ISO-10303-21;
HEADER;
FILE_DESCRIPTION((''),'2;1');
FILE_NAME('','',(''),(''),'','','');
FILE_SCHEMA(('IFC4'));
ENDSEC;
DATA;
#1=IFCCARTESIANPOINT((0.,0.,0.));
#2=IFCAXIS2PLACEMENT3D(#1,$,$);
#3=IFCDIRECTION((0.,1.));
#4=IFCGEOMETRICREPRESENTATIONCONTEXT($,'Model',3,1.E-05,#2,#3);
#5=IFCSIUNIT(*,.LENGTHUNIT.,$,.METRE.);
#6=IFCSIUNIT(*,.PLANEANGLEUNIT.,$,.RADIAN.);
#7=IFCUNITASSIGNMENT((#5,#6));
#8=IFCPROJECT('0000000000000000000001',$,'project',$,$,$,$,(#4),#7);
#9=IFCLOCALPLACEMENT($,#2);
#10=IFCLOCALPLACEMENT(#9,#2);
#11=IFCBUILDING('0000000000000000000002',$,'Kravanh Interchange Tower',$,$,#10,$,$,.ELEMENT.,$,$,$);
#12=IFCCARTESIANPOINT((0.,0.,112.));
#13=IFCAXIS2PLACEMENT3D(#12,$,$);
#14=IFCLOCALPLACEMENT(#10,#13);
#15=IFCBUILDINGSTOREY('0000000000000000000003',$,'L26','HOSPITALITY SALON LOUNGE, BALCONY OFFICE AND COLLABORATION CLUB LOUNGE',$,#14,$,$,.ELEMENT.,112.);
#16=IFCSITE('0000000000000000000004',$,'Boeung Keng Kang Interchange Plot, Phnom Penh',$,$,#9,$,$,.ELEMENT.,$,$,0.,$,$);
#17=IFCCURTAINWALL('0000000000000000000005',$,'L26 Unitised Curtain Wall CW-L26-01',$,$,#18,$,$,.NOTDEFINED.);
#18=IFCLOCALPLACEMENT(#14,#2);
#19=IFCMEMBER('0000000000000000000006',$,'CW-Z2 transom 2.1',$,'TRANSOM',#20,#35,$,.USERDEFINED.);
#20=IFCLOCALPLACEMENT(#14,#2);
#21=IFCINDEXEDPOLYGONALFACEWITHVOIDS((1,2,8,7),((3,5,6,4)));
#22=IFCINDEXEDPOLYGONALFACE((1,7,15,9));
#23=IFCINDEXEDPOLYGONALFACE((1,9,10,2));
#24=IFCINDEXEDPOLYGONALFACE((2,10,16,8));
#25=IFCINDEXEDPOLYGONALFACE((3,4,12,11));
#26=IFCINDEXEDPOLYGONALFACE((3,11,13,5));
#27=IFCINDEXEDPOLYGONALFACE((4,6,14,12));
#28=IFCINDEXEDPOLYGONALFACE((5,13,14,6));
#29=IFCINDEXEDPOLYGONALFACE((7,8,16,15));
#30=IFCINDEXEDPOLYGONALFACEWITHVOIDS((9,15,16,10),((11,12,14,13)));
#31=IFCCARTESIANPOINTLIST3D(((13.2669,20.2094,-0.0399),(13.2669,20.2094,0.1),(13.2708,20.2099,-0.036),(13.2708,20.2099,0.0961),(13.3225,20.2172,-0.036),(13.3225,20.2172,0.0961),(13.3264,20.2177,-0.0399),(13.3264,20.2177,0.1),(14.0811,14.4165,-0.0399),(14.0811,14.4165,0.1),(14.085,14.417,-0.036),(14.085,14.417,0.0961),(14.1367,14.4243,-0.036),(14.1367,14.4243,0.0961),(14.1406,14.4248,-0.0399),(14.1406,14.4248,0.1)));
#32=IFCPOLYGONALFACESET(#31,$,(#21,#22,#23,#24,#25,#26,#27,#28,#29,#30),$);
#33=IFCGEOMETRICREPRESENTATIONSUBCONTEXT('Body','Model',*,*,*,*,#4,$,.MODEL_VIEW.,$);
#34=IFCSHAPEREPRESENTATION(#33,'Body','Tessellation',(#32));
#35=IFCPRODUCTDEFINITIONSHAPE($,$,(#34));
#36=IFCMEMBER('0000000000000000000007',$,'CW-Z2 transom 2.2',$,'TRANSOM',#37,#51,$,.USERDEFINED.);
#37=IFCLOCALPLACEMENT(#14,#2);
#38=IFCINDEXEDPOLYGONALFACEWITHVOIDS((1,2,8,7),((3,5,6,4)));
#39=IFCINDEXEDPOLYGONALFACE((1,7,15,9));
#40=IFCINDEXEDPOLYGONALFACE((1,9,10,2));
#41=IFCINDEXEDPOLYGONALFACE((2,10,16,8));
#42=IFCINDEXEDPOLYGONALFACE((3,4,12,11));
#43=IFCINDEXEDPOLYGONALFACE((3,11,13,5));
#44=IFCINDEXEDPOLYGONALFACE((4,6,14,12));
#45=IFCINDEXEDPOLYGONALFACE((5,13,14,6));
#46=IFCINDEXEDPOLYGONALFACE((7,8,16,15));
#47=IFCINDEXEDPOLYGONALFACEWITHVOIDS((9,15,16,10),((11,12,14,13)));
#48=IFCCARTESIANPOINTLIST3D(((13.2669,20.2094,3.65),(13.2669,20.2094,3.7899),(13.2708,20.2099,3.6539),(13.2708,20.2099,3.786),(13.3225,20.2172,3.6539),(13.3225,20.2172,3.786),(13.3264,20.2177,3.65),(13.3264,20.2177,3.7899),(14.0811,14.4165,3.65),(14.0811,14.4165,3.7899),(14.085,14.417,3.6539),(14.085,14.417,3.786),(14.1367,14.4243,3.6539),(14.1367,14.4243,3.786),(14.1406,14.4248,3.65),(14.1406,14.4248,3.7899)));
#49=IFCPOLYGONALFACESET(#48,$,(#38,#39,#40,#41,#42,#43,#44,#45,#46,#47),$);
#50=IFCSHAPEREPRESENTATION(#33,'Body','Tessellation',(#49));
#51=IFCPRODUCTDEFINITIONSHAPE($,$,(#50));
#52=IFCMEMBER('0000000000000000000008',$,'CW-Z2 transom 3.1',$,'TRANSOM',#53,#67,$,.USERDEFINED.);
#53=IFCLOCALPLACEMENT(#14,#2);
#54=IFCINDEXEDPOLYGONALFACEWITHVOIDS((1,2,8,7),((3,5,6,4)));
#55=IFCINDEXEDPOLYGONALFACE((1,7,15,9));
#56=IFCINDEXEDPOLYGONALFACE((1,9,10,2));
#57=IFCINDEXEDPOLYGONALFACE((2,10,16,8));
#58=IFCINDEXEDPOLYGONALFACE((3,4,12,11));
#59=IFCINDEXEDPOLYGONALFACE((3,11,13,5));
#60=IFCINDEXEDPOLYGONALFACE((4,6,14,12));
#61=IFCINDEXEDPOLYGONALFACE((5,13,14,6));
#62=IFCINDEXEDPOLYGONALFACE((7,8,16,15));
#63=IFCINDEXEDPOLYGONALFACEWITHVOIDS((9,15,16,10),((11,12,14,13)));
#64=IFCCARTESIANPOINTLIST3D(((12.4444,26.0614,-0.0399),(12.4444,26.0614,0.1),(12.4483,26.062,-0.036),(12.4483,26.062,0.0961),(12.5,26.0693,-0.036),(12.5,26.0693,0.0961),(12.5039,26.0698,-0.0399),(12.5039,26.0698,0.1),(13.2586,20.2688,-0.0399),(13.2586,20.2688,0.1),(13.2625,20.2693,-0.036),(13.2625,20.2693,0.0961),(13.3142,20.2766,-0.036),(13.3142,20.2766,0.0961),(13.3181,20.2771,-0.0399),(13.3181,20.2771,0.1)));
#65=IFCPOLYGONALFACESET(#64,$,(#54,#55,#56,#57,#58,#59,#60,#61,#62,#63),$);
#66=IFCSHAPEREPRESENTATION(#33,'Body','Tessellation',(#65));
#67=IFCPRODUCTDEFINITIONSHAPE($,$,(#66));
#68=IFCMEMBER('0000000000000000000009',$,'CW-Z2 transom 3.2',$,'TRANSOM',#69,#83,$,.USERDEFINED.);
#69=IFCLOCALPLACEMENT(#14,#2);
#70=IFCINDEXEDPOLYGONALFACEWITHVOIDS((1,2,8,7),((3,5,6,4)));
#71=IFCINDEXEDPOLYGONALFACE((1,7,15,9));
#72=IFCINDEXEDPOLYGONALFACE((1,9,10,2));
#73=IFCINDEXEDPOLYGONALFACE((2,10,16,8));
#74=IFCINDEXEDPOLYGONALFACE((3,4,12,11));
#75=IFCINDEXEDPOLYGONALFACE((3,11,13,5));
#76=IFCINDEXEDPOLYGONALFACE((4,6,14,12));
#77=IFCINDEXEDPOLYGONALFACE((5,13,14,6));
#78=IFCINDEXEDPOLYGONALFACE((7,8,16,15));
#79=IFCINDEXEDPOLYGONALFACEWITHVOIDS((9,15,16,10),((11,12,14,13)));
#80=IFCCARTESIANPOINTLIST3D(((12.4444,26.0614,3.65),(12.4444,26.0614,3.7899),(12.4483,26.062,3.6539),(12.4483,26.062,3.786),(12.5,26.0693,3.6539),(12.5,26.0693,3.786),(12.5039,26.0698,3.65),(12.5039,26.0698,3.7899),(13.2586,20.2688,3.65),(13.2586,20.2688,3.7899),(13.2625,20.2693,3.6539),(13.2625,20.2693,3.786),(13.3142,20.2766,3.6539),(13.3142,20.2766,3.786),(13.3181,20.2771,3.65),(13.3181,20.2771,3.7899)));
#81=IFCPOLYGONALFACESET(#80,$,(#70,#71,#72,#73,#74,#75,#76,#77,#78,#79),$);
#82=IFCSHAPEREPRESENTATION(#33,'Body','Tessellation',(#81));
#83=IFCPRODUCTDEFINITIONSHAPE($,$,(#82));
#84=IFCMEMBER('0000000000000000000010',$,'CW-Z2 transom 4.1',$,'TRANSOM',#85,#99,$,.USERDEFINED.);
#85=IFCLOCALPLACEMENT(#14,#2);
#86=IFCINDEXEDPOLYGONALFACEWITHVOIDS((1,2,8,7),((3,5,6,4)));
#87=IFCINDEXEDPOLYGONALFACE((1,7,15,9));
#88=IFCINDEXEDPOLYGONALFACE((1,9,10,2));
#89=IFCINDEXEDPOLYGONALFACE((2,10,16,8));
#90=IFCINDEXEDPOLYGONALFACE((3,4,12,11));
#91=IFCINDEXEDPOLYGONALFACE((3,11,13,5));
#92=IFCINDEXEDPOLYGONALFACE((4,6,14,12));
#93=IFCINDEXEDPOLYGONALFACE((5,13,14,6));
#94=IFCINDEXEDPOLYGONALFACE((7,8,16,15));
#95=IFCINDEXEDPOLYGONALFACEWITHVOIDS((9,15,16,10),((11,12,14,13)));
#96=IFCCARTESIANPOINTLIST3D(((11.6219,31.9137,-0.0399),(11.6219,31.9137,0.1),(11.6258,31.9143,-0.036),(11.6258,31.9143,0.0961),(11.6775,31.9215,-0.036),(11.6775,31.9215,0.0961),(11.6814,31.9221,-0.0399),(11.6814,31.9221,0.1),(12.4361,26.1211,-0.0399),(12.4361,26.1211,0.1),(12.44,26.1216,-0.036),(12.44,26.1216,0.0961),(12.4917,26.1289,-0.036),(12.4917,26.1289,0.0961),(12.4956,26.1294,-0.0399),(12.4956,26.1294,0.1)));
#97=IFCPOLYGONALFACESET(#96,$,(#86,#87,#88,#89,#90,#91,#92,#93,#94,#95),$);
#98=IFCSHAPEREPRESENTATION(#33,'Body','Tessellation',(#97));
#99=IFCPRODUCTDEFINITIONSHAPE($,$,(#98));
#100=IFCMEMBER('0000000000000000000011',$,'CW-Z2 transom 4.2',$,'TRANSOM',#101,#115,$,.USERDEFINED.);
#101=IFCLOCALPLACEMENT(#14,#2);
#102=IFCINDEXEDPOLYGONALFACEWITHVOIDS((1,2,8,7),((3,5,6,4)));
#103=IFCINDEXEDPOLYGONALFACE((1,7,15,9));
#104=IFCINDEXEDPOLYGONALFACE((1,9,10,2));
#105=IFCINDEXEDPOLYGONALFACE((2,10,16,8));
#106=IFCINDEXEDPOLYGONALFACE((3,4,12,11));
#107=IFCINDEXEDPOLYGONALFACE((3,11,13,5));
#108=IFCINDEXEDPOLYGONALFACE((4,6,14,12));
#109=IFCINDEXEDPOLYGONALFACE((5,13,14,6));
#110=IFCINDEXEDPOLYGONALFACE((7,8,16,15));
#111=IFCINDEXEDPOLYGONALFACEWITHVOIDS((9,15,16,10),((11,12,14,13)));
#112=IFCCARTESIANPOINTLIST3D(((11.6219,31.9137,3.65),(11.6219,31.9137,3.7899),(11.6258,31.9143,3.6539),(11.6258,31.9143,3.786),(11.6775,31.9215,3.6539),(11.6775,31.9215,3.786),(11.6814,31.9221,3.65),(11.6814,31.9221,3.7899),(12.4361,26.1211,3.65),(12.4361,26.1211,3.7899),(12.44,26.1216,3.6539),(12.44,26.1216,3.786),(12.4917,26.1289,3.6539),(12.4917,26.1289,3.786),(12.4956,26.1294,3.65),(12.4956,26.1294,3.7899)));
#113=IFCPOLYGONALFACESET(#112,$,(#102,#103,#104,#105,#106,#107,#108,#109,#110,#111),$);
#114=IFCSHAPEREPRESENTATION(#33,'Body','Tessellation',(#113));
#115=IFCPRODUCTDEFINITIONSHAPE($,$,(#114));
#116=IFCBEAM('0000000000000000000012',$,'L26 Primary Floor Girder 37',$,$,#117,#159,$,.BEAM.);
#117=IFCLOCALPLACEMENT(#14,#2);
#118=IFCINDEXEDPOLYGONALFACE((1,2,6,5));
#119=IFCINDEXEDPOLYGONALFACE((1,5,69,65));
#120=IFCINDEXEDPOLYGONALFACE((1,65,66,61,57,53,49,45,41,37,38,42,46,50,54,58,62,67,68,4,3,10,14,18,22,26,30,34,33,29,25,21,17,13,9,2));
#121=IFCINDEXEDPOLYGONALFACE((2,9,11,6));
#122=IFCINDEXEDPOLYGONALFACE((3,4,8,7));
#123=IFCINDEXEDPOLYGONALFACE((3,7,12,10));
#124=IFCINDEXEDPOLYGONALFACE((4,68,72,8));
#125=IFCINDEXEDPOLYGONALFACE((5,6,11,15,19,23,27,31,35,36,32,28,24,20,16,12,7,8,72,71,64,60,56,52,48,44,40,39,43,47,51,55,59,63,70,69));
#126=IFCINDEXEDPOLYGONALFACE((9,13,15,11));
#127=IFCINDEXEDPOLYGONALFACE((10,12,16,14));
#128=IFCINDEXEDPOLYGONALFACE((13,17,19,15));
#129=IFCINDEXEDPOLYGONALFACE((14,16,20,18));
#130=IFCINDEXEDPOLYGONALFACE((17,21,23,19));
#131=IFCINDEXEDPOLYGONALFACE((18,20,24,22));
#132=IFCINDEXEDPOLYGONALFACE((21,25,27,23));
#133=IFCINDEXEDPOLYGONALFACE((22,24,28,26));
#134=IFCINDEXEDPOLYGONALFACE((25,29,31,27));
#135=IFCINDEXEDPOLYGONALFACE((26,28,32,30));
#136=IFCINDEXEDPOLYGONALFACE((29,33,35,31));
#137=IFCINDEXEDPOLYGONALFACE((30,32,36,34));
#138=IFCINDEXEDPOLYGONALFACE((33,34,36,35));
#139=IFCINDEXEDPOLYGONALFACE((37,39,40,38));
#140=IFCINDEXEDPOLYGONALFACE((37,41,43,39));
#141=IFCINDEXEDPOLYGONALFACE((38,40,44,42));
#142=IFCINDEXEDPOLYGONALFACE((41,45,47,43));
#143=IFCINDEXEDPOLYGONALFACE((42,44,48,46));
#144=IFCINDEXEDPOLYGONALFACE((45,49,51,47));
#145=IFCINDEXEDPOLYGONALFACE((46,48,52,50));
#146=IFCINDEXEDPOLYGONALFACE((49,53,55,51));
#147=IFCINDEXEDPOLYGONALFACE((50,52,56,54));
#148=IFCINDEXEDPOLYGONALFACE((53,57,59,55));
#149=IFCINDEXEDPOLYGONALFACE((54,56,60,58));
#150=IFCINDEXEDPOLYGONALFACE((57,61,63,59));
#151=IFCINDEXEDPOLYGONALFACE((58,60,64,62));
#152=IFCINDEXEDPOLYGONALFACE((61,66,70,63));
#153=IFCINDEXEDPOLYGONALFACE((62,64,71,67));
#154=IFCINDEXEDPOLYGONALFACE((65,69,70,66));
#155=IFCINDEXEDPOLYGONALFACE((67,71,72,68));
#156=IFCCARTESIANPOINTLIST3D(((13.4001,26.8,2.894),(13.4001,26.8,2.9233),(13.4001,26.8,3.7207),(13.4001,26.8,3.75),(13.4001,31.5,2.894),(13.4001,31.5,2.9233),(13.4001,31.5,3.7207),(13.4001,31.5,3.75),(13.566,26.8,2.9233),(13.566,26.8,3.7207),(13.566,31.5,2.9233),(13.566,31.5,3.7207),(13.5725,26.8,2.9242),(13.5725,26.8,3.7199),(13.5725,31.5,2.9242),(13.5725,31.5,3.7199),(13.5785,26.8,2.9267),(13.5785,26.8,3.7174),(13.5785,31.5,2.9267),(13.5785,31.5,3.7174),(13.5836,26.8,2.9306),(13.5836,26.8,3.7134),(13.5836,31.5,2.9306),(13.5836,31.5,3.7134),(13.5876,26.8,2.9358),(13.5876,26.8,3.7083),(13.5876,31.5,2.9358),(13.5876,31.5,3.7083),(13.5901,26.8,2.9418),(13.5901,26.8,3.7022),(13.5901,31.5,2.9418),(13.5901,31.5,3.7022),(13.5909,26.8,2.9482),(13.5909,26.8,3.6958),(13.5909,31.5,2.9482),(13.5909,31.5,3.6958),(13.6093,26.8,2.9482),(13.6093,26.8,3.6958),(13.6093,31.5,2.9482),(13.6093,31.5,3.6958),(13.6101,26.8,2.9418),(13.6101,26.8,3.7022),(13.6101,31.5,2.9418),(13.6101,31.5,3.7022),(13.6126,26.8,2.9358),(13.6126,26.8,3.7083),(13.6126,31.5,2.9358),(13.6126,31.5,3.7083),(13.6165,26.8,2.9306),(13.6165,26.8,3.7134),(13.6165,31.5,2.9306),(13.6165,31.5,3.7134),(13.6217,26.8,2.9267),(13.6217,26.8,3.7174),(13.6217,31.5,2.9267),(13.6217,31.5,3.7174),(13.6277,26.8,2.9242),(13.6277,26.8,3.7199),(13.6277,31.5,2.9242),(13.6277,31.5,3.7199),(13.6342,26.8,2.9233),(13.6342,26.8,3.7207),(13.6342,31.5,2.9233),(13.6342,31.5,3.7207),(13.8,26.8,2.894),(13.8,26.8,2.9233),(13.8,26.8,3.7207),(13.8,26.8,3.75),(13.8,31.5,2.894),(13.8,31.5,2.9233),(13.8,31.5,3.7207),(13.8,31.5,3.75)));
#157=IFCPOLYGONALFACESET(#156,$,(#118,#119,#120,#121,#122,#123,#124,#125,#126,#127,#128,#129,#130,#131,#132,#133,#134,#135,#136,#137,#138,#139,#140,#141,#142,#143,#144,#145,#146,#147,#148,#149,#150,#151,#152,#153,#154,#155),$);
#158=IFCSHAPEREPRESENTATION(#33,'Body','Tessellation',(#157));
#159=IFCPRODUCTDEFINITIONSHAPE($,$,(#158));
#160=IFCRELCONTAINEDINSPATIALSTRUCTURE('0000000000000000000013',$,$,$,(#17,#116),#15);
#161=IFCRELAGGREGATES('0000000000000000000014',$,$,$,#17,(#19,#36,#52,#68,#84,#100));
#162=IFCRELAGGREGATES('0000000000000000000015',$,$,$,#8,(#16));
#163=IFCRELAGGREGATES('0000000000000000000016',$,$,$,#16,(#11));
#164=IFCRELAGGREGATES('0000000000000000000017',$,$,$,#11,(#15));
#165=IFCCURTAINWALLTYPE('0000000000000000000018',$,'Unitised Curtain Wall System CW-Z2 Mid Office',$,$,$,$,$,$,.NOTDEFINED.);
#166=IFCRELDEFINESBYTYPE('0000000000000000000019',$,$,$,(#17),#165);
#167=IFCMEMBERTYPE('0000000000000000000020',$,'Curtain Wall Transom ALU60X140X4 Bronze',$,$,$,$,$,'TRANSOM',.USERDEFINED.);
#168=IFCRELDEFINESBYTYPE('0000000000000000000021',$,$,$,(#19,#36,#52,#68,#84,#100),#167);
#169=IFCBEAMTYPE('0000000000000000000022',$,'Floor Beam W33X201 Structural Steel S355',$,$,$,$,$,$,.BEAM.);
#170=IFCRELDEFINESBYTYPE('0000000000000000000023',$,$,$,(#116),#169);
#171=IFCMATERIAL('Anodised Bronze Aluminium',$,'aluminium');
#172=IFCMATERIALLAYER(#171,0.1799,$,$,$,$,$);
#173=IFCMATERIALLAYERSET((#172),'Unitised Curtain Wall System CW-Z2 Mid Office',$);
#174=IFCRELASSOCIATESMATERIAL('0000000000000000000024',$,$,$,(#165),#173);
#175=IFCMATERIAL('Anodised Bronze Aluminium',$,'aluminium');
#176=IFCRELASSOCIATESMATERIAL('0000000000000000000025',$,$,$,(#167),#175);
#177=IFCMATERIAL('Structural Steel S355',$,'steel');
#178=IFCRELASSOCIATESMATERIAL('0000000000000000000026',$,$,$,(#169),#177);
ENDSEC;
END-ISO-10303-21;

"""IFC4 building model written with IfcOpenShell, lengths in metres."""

from ifc_helpers import new_model, si_unit, direction, frame, origin, origin_2d, place, context, subcontext, project, spatial, hollow_rectangle, i_section, extrude, material, layer, layer_set, material_profile, profile_set, type_object, element, aggregate, save


model = new_model("IFC4")

# Units and contexts
model_context = context("Model", 3, precision=1e-05, world=origin(), true_north=direction((0.0, 1.0)))
body_context = subcontext(model_context, "Body", "Model", "MODEL_VIEW")
ifc_project = project(units=[si_unit("LENGTHUNIT", "METRE"), si_unit("PLANEANGLEUNIT", "RADIAN")], contexts=[model_context])

# Site, building, storey
site_placement = place(None, origin())
site = spatial("IfcSite", under=ifc_project, at=site_placement, Name="Boeung Keng Kang Interchange Plot, Phnom Penh", CompositionType="ELEMENT", RefElevation=0.0)
building_placement = place(site_placement, origin())
building = spatial("IfcBuilding", under=site, at=building_placement, Name="Kravanh Interchange Tower", CompositionType="ELEMENT")
storey_placement = place(building_placement, frame((0.0, 0.0, 112.0)))
storey = spatial("IfcBuildingStorey", under=building, at=storey_placement, Name="L26", Description="HOSPITALITY SALON LOUNGE, BALCONY OFFICE AND COLLABORATION CLUB LOUNGE", CompositionType="ELEMENT", Elevation=112.0)

# Curtain wall, members
ifc_material_1 = material(Name="Anodised Bronze Aluminium", Category="aluminium")
ifc_layer_1 = layer(ifc_material_1, 0.1799)
ifc_layer_set_1 = layer_set([ifc_layer_1], Name="Unitised Curtain Wall System CW-Z2 Mid Office")
curtain_wall_type = type_object("IfcCurtainWallType", Name="Unitised Curtain Wall System CW-Z2 Mid Office", PredefinedType="NOTDEFINED", material=ifc_layer_set_1)
curtain_wall_placement = place(storey_placement, origin())
curtain_wall = element("IfcCurtainWall", 1, at=curtain_wall_placement, inside=storey, type_object=curtain_wall_type, Name="L26 Unitised Curtain Wall CW-L26-01", PredefinedType="NOTDEFINED")
ifc_material_2 = material(Name="Anodised Bronze Aluminium", Category="aluminium")
ifc_material_profile_1 = material_profile(ifc_material_2, hollow_rectangle(XDim=0.0601, YDim=0.1399, WallThickness=0.0039, at=origin_2d()), Name="ALU60X140X4")
ifc_profile_set_1 = profile_set([ifc_material_profile_1], Name="Anodised Bronze Aluminium")
member_type_1 = type_object("IfcMemberType", Name="Curtain Wall Transom ALU60X140X4 Bronze", ElementType="TRANSOM", PredefinedType="USERDEFINED", material=ifc_profile_set_1)
member_1_placement = place(storey_placement, frame((14.1108, 14.4207, 0.03), z_axis=(-0.139183, 0.990267, 0.0), x_axis=(-0.990267, -0.139183, 0.0)))
member_1 = element("IfcMember", 2, at=member_1_placement, type_object=member_type_1, Name="CW-Z2 transom 2.1", ObjectType="TRANSOM", PredefinedType="USERDEFINED", context=body_context, shape_type="SweptSolid", body=[
    extrude(hollow_rectangle(XDim=0.0601, YDim=0.1399, WallThickness=0.0039, at=origin_2d()), origin(), (0.0, 0.0, 1.0), 5.8499),
])
member_2_placement = place(storey_placement, frame((14.1108, 14.4207, 3.72), z_axis=(-0.139183, 0.990267, 0.0), x_axis=(-0.990267, -0.139183, 0.0)))
member_2 = element("IfcMember", 3, at=member_2_placement, type_object=member_type_1, Name="CW-Z2 transom 2.2", ObjectType="TRANSOM", PredefinedType="USERDEFINED", context=body_context, shape_type="SweptSolid", body=[
    extrude(hollow_rectangle(XDim=0.0601, YDim=0.1399, WallThickness=0.0039, at=origin_2d()), origin(), (0.0, 0.0, 1.0), 5.8499),
])
member_3_placement = place(storey_placement, frame((13.2883, 20.2729, 0.03), z_axis=(-0.139189, 0.990266, 0.0), x_axis=(-0.990266, -0.139189, 0.0)))
member_3 = element("IfcMember", 4, at=member_3_placement, type_object=member_type_1, Name="CW-Z2 transom 3.1", ObjectType="TRANSOM", PredefinedType="USERDEFINED", context=body_context, shape_type="SweptSolid", body=[
    extrude(hollow_rectangle(XDim=0.0601, YDim=0.1399, WallThickness=0.0039, at=origin_2d()), origin(), (0.0, 0.0, 1.0), 5.8496),
])
member_4_placement = place(storey_placement, frame((13.2883, 20.2729, 3.72), z_axis=(-0.139189, 0.990266, 0.0), x_axis=(-0.990266, -0.139189, 0.0)))
member_4 = element("IfcMember", 5, at=member_4_placement, type_object=member_type_1, Name="CW-Z2 transom 3.2", ObjectType="TRANSOM", PredefinedType="USERDEFINED", context=body_context, shape_type="SweptSolid", body=[
    extrude(hollow_rectangle(XDim=0.0601, YDim=0.1399, WallThickness=0.0039, at=origin_2d()), origin(), (0.0, 0.0, 1.0), 5.8496),
])
member_5_placement = place(storey_placement, frame((12.4658, 26.1252, 0.03), z_axis=(-0.139189, 0.990266, 0.0), x_axis=(-0.990266, -0.139189, 0.0)))
member_5 = element("IfcMember", 6, at=member_5_placement, type_object=member_type_1, Name="CW-Z2 transom 4.1", ObjectType="TRANSOM", PredefinedType="USERDEFINED", context=body_context, shape_type="SweptSolid", body=[
    extrude(hollow_rectangle(XDim=0.0601, YDim=0.1399, WallThickness=0.0039, at=origin_2d()), origin(), (0.0, 0.0, 1.0), 5.8496),
])
member_6_placement = place(storey_placement, frame((12.4658, 26.1252, 3.72), z_axis=(-0.139189, 0.990266, 0.0), x_axis=(-0.990266, -0.139189, 0.0)))
member_6 = element("IfcMember", 7, at=member_6_placement, type_object=member_type_1, Name="CW-Z2 transom 4.2", ObjectType="TRANSOM", PredefinedType="USERDEFINED", context=body_context, shape_type="SweptSolid", body=[
    extrude(hollow_rectangle(XDim=0.0601, YDim=0.1399, WallThickness=0.0039, at=origin_2d()), origin(), (0.0, 0.0, 1.0), 5.8496),
])

# Beam
ifc_material_3 = material(Name="Structural Steel S355", Category="steel")
ifc_material_profile_2 = material_profile(ifc_material_3, i_section(OverallWidth=0.3999, OverallDepth=0.856, WebThickness=0.0183, FlangeThickness=0.0293, FilletRadius=0.0249, at=origin_2d()), Name="W33X201")
ifc_profile_set_2 = profile_set([ifc_material_profile_2], Name="Structural Steel S355")
beam_type_1 = type_object("IfcBeamType", Name="Floor Beam W33X201 Structural Steel S355", PredefinedType="BEAM", material=ifc_profile_set_2)
beam_1_placement = place(storey_placement, frame((13.6001, 26.8, 3.322), z_axis=(0.0, 1.0, 0.0), x_axis=(-1.0, 0.0, 0.0)))
element("IfcBeam", 8, at=beam_1_placement, inside=storey, type_object=beam_type_1, Name="L26 Primary Floor Girder 37", PredefinedType="BEAM", context=body_context, shape_type="SweptSolid", body=[
    extrude(i_section(OverallWidth=0.3999, OverallDepth=0.856, WebThickness=0.0183, FlangeThickness=0.0293, FilletRadius=0.0249, at=origin_2d()), origin(), (0.0, 0.0, 1.0), 4.7),
])

aggregate(curtain_wall, [member_1, member_2, member_3, member_4, member_5, member_6])

save(model, "model.ifc")
